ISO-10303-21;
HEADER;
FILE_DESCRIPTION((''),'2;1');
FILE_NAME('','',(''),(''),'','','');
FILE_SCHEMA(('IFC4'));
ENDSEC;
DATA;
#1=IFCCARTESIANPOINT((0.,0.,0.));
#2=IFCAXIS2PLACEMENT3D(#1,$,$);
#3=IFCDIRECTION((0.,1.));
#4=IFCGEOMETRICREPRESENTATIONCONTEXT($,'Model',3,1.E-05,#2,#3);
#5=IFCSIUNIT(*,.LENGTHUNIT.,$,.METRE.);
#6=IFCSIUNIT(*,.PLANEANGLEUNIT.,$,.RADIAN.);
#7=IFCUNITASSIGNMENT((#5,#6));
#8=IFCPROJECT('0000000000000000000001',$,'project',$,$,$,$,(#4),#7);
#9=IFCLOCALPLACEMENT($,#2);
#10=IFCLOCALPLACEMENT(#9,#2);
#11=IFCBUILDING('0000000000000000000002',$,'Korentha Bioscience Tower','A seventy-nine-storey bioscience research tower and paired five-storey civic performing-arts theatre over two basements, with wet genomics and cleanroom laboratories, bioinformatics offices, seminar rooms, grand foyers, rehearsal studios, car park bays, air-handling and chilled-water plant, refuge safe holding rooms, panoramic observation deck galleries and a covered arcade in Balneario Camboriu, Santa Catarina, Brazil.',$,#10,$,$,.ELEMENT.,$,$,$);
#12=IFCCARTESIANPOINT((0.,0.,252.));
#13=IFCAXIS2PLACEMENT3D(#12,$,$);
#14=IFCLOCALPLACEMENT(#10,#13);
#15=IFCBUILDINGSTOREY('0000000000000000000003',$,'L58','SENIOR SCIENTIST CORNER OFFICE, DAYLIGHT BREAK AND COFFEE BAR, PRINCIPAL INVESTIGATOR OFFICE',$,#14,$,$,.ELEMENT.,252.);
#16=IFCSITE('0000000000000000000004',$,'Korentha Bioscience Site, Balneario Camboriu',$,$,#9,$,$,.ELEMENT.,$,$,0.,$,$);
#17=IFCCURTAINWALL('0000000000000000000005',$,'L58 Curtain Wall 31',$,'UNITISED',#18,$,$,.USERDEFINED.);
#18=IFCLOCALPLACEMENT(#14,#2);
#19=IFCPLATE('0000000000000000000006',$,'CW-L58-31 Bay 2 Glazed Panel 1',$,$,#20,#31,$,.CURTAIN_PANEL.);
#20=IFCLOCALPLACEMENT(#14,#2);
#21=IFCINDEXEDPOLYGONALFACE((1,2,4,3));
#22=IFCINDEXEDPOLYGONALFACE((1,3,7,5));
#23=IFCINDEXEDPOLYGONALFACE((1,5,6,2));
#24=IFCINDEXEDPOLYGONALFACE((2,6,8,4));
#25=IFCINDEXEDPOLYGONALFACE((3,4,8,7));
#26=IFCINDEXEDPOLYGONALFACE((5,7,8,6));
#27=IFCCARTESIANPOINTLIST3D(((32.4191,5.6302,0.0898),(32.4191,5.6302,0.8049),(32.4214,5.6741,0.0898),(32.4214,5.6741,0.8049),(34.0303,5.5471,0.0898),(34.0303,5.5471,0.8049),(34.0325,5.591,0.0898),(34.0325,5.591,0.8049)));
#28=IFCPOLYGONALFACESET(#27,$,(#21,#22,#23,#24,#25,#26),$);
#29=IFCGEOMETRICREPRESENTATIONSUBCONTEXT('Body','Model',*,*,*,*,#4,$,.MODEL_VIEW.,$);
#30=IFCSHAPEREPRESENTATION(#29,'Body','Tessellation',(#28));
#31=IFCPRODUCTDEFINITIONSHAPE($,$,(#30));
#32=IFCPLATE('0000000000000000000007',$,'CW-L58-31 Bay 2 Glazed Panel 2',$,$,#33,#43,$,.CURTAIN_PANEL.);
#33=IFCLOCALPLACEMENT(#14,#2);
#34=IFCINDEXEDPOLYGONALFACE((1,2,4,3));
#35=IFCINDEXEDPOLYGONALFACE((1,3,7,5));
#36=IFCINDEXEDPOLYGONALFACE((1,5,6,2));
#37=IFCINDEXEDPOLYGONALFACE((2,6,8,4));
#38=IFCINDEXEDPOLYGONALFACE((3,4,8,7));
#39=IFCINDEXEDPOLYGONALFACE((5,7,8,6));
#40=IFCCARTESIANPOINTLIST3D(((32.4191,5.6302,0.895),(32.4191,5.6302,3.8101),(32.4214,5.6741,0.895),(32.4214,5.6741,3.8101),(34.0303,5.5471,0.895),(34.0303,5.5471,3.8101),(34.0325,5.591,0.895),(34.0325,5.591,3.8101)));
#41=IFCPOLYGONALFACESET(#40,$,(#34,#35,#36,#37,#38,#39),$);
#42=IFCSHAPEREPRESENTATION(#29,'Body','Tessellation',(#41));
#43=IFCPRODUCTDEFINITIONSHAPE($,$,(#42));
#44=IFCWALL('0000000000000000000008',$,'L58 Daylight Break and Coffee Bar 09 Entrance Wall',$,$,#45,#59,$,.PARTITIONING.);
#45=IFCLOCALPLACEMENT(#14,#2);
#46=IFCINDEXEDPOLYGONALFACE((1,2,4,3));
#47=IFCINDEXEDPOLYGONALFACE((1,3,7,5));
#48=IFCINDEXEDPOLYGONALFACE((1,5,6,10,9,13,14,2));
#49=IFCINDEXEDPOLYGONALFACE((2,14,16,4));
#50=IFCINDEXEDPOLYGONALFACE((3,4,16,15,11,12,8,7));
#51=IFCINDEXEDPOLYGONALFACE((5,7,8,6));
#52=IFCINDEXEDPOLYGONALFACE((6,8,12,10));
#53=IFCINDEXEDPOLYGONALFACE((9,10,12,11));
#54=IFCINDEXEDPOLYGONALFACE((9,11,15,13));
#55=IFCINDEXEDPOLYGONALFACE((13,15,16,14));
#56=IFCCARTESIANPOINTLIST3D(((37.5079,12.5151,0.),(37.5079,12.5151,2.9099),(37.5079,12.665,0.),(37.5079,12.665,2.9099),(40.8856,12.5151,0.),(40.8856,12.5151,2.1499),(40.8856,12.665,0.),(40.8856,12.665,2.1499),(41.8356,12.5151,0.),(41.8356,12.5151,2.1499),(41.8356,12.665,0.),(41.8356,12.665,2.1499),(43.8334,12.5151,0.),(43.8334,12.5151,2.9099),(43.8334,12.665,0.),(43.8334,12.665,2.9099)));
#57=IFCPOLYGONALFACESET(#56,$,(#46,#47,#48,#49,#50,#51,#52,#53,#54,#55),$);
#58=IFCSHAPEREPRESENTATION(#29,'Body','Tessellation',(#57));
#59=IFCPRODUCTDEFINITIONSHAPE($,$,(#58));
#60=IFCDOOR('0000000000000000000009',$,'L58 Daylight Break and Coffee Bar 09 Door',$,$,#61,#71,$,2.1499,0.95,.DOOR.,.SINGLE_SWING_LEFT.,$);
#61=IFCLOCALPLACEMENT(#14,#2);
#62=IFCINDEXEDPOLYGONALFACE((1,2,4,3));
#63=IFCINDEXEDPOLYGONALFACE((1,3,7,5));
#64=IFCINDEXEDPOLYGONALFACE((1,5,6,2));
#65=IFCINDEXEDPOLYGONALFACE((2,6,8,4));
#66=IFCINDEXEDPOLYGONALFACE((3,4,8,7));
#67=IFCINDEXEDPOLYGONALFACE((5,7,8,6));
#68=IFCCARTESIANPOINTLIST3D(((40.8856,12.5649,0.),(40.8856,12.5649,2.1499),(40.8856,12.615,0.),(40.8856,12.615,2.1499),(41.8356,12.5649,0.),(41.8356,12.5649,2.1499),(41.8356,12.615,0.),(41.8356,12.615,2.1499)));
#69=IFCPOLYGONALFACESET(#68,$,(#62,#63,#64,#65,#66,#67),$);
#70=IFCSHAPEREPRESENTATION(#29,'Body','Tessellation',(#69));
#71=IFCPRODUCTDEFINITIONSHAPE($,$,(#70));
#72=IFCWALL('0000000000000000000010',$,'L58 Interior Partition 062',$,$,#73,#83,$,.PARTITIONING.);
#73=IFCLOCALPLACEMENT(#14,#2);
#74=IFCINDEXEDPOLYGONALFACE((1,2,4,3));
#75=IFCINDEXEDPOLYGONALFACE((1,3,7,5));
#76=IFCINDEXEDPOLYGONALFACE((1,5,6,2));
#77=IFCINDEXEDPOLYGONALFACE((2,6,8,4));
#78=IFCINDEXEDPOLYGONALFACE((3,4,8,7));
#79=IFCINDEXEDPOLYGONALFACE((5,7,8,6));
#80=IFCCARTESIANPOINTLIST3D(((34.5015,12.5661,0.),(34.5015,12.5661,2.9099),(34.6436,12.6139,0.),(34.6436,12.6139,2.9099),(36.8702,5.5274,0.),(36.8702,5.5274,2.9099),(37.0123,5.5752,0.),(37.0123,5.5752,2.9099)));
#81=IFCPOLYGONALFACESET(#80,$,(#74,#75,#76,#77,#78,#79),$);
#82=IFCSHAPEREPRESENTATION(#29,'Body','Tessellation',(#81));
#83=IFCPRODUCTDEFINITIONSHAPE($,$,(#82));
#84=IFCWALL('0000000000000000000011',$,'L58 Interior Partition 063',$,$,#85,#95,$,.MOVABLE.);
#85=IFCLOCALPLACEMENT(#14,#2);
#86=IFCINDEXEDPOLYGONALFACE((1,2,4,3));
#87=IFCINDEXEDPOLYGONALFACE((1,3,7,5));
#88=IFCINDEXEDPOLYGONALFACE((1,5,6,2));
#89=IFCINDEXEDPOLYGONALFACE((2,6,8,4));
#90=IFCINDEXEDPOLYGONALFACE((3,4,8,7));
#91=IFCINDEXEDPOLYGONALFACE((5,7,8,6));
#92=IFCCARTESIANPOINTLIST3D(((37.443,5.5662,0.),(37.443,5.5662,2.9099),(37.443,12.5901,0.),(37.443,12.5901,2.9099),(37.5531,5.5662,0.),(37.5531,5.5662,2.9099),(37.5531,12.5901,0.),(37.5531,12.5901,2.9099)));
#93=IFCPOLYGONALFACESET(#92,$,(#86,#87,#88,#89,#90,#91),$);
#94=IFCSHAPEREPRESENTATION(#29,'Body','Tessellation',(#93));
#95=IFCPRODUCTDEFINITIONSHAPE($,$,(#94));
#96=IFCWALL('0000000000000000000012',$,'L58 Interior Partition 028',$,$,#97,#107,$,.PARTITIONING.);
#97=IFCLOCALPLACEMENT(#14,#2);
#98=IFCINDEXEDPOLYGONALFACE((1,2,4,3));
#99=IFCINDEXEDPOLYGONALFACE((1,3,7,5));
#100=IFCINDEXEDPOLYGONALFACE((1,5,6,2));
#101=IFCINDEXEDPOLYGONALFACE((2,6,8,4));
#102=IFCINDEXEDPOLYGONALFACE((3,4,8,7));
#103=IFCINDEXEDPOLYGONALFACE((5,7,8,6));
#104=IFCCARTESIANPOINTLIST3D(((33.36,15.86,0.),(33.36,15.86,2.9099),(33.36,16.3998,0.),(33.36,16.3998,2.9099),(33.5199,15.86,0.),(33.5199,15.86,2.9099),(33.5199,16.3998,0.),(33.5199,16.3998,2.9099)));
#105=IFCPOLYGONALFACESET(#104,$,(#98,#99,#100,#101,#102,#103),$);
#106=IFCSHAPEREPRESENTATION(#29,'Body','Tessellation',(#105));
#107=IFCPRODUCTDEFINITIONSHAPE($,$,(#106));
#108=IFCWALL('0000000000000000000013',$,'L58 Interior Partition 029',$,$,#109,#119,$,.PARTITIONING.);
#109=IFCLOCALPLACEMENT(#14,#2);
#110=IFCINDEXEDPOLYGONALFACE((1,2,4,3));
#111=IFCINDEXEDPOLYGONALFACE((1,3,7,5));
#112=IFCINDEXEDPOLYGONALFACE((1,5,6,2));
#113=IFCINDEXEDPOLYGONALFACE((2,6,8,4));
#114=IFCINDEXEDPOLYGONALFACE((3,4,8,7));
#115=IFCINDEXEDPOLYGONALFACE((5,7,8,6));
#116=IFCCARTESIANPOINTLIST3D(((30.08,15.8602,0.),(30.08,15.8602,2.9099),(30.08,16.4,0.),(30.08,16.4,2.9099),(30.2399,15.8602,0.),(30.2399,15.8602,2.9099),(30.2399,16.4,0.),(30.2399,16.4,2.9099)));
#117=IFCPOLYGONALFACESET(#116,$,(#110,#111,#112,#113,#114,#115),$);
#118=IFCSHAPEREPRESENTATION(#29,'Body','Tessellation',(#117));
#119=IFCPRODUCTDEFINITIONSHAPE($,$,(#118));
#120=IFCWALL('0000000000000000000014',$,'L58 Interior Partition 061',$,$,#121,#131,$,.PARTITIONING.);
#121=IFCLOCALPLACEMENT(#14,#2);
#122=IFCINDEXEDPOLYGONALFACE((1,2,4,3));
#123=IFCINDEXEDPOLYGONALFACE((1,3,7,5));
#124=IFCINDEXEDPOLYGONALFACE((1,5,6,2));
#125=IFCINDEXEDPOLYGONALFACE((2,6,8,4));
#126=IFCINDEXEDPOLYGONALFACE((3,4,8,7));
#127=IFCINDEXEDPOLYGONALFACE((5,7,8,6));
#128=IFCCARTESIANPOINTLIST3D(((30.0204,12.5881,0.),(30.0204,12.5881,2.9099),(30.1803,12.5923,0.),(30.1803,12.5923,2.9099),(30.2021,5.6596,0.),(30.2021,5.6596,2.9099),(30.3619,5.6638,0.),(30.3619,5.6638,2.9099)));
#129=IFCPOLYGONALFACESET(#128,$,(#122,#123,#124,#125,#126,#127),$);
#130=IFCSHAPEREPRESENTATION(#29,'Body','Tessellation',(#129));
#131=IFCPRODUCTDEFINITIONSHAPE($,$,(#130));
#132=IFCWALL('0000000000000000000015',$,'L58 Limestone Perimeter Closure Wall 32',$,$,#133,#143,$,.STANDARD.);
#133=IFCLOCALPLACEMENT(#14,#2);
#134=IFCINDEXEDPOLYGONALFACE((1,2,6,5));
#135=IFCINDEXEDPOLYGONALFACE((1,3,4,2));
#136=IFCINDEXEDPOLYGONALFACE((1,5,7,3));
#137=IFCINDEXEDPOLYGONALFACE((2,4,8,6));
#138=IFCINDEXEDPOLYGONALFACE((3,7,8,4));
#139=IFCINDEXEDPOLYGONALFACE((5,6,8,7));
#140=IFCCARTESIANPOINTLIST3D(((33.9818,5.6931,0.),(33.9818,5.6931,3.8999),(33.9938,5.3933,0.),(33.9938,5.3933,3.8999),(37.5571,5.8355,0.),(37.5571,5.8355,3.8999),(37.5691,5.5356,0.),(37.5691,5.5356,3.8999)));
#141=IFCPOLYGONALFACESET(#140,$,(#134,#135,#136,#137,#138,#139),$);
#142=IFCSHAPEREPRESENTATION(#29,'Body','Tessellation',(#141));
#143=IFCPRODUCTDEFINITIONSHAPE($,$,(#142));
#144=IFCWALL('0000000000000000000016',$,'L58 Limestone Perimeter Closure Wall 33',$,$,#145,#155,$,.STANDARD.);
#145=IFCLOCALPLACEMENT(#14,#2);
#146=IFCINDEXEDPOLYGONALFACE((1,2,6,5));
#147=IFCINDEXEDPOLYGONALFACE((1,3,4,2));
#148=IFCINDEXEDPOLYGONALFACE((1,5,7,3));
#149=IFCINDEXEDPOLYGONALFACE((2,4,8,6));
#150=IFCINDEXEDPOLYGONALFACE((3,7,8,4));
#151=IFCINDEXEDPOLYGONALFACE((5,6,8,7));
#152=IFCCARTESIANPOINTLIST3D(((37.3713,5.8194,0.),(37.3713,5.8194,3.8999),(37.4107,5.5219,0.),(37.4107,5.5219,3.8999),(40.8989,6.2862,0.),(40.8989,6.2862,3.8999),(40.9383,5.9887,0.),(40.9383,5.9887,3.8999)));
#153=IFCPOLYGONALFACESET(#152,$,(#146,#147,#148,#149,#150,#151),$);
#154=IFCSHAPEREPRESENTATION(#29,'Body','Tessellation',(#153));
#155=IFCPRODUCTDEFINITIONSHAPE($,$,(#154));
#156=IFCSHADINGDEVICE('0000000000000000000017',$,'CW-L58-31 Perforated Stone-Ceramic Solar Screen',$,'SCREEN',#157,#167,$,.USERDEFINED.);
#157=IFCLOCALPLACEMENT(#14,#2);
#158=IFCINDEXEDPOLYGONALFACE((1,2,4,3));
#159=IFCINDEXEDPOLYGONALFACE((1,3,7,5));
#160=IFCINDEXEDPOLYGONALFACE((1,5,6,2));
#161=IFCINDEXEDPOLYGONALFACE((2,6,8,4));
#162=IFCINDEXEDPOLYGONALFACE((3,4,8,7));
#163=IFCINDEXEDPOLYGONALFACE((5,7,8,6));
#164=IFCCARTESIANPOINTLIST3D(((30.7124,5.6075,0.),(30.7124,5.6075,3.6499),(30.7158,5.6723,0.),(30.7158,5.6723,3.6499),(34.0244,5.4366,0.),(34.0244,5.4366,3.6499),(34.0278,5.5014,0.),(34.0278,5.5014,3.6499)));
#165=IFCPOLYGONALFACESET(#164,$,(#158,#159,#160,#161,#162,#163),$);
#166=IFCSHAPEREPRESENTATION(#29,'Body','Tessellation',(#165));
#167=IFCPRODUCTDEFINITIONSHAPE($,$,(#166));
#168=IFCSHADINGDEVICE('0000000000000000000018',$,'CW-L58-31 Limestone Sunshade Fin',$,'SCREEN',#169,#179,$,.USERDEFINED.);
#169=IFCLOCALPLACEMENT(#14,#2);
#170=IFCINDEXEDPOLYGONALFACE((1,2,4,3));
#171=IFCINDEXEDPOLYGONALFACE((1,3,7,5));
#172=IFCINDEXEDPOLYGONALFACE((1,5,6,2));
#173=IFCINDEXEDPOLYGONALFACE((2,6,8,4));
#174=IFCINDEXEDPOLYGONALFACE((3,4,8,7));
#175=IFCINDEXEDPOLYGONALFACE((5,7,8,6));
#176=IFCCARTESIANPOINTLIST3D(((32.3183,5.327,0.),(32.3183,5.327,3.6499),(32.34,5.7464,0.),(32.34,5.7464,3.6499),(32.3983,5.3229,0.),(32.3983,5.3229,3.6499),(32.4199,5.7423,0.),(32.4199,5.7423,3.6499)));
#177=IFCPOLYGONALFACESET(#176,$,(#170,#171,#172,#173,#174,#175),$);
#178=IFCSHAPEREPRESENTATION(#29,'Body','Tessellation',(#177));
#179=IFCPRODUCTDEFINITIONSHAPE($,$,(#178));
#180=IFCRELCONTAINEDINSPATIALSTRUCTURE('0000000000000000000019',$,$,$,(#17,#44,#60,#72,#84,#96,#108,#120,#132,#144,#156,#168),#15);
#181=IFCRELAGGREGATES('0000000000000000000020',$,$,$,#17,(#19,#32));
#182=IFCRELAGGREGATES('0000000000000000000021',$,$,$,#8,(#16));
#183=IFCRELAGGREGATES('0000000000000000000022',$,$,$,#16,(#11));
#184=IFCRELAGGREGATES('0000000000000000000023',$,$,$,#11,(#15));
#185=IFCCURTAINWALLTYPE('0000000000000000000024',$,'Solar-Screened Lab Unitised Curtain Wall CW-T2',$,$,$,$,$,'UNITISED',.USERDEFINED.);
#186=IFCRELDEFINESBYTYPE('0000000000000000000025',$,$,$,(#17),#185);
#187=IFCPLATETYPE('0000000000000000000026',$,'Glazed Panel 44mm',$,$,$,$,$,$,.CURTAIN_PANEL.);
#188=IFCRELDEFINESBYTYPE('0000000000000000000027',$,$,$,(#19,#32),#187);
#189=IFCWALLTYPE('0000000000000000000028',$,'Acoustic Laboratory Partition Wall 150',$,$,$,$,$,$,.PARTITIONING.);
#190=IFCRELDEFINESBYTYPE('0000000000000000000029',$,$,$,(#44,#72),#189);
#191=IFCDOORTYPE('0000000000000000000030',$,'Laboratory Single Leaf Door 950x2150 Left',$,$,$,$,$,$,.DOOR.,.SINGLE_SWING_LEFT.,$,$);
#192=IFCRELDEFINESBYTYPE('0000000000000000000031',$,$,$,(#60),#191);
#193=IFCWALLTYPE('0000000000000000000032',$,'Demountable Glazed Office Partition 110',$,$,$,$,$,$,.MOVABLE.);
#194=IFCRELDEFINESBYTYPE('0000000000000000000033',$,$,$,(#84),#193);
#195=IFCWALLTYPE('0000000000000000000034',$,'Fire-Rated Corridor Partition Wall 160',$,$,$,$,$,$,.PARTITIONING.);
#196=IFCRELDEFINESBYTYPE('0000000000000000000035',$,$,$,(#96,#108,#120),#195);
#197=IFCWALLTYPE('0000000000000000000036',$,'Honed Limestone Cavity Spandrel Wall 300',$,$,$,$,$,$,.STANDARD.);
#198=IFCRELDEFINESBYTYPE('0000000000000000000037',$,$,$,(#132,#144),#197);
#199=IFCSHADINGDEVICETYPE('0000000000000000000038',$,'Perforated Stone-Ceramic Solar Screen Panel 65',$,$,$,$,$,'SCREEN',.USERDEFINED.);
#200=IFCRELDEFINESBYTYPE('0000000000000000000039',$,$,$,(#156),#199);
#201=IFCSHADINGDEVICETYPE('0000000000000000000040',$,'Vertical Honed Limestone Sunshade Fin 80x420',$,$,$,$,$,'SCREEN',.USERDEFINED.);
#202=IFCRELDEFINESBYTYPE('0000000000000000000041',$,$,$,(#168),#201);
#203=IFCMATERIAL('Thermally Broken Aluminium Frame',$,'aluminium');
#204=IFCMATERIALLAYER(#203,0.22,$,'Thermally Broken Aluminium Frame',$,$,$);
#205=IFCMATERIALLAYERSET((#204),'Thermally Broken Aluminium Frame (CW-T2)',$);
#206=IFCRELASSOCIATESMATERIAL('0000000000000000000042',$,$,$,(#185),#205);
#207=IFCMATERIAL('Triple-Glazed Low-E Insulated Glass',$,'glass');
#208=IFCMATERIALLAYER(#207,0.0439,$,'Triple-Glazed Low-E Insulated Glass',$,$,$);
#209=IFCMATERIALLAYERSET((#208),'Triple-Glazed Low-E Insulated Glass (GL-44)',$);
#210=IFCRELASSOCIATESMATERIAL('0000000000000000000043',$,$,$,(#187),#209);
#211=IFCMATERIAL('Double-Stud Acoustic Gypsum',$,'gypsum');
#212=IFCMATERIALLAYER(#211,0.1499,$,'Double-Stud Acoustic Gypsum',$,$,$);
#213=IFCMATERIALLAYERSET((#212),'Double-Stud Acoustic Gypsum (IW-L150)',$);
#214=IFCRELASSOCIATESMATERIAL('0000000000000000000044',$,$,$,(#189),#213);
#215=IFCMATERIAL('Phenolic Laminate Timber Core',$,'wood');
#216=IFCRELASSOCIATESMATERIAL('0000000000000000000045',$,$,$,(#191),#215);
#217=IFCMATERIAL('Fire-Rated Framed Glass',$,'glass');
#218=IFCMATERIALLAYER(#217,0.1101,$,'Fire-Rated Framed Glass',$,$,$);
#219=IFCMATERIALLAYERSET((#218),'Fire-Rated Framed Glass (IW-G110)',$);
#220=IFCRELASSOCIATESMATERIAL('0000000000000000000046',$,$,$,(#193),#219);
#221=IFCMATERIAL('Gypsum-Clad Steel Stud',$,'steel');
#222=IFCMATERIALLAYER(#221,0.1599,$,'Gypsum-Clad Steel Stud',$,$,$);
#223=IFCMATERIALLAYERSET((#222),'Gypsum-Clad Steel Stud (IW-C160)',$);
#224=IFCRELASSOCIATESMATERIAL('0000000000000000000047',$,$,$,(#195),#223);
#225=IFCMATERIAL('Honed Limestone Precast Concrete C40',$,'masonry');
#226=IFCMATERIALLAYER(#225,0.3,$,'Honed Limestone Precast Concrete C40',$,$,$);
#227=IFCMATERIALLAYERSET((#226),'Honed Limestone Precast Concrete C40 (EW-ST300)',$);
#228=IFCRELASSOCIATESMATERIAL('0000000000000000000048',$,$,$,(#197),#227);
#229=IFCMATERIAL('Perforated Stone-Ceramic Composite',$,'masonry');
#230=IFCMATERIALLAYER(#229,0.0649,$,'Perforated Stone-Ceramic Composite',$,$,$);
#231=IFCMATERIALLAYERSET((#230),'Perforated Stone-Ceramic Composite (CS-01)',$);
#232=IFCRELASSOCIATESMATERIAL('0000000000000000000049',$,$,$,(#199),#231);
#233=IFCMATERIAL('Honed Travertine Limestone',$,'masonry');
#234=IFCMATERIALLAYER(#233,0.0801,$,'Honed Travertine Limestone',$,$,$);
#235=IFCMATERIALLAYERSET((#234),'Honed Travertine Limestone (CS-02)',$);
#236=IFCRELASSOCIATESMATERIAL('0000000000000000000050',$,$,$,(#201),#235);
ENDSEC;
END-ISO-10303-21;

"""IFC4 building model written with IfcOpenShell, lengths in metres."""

from ifc_helpers import new_model, si_unit, direction, frame, frame_2d, origin, origin_2d, place, context, subcontext, project, spatial, rectangle, extrude, material, layer, layer_set, type_object, element, fill, aggregate, save


model = new_model("IFC4")

# Units and contexts
model_context = context("Model", 3, precision=1e-05, world=origin(), true_north=direction((0.0, 1.0)))
body_context = subcontext(model_context, "Body", "Model", "MODEL_VIEW")
ifc_project = project(units=[si_unit("LENGTHUNIT", "METRE"), si_unit("PLANEANGLEUNIT", "RADIAN")], contexts=[model_context])

# Site, building, storey
site_placement = place(None, origin())
site = spatial("IfcSite", under=ifc_project, at=site_placement, Name="Korentha Bioscience Site, Balneario Camboriu", CompositionType="ELEMENT", RefElevation=0.0)
building_placement = place(site_placement, origin())
building = spatial("IfcBuilding", under=site, at=building_placement, Name="Korentha Bioscience Tower", Description="A seventy-nine-storey bioscience research tower and paired five-storey civic performing-arts theatre over two basements, with wet genomics and cleanroom laboratories, bioinformatics offices, seminar rooms, grand foyers, rehearsal studios, car park bays, air-handling and chilled-water plant, refuge safe holding rooms, panoramic observation deck galleries and a covered arcade in Balneario Camboriu, Santa Catarina, Brazil.", CompositionType="ELEMENT")
storey_placement = place(building_placement, frame((0.0, 0.0, 252.0)))
storey = spatial("IfcBuildingStorey", under=building, at=storey_placement, Name="L58", Description="SENIOR SCIENTIST CORNER OFFICE, DAYLIGHT BREAK AND COFFEE BAR, PRINCIPAL INVESTIGATOR OFFICE", CompositionType="ELEMENT", Elevation=252.0)

# Curtain wall
ifc_material_1 = material(Name="Thermally Broken Aluminium Frame", Category="aluminium")
ifc_layer_1 = layer(ifc_material_1, 0.22, Name="Thermally Broken Aluminium Frame")
ifc_layer_set_1 = layer_set([ifc_layer_1], Name="Thermally Broken Aluminium Frame (CW-T2)")
curtain_wall_type = type_object("IfcCurtainWallType", Name="Solar-Screened Lab Unitised Curtain Wall CW-T2", ElementType="UNITISED", PredefinedType="USERDEFINED", material=ifc_layer_set_1)
curtain_wall_placement = place(storey_placement, origin())
curtain_wall = element("IfcCurtainWall", 1, at=curtain_wall_placement, inside=storey, type_object=curtain_wall_type, Name="L58 Curtain Wall 31", ObjectType="UNITISED", PredefinedType="USERDEFINED")

# Plates
ifc_material_2 = material(Name="Triple-Glazed Low-E Insulated Glass", Category="glass")
ifc_layer_2 = layer(ifc_material_2, 0.0439, Name="Triple-Glazed Low-E Insulated Glass")
ifc_layer_set_2 = layer_set([ifc_layer_2], Name="Triple-Glazed Low-E Insulated Glass (GL-44)")
plate_type = type_object("IfcPlateType", Name="Glazed Panel 44mm", PredefinedType="CURTAIN_PANEL", material=ifc_layer_set_2)
plate_1_placement = place(storey_placement, frame((33.2258, 5.6106, 0.0898), z_axis=(0.0, 0.0, 1.0), x_axis=(0.998671, -0.051538, 0.0)))
plate_1 = element("IfcPlate", 2, at=plate_1_placement, type_object=plate_type, Name="CW-L58-31 Bay 2 Glazed Panel 1", PredefinedType="CURTAIN_PANEL", context=body_context, shape_type="SweptSolid", body=[
    extrude(rectangle(XDim=1.6133, YDim=0.0439, at=origin_2d()), origin(), (0.0, 0.0, 1.0), 0.7151),
])
plate_2_placement = place(storey_placement, frame((33.2258, 5.6106, 0.895), z_axis=(0.0, 0.0, 1.0), x_axis=(0.998671, -0.051538, 0.0)))
plate_2 = element("IfcPlate", 3, at=plate_2_placement, type_object=plate_type, Name="CW-L58-31 Bay 2 Glazed Panel 2", PredefinedType="CURTAIN_PANEL", context=body_context, shape_type="SweptSolid", body=[
    extrude(rectangle(XDim=1.6133, YDim=0.0439, at=origin_2d()), origin(), (0.0, 0.0, 1.0), 2.915),
])
aggregate(curtain_wall, [plate_1, plate_2])

# Wall, opening, door
ifc_material_3 = material(Name="Double-Stud Acoustic Gypsum", Category="gypsum")
ifc_layer_3 = layer(ifc_material_3, 0.1499, Name="Double-Stud Acoustic Gypsum")
ifc_layer_set_3 = layer_set([ifc_layer_3], Name="Double-Stud Acoustic Gypsum (IW-L150)")
wall_type_1 = type_object("IfcWallType", Name="Acoustic Laboratory Partition Wall 150", PredefinedType="PARTITIONING", material=ifc_layer_set_3)
ifc_material_4 = material(Name="Phenolic Laminate Timber Core", Category="wood")
wall_1_placement = place(storey_placement, frame((37.5081, 12.5901, 0.0), z_axis=(0.0, 0.0, 1.0), x_axis=(1.0, 0.0, 0.0)))
wall_1 = element("IfcWall", 4, at=wall_1_placement, inside=storey, type_object=wall_type_1, Name="L58 Daylight Break and Coffee Bar 09 Entrance Wall", PredefinedType="PARTITIONING", context=body_context, shape_type="SweptSolid", body=[
    extrude(rectangle(XDim=6.3254, YDim=0.1499, at=frame_2d((3.1626, 0.0))), origin(), (0.0, 0.0, 1.0), 2.9099),
])
opening_1_placement = place(wall_1_placement, frame((3.3774, 0.0, 0.0)))
opening_1 = element("IfcOpeningElement", 5, at=opening_1_placement, cuts=wall_1, PredefinedType="OPENING", context=body_context, shape_type="SweptSolid", body=[
    extrude(rectangle(XDim=0.95, YDim=2.1499, at=frame_2d((0.4751, 1.075))), frame((0.0, 0.0898, 0.0), z_axis=(0.0, -1.0, 0.0), x_axis=(1.0, 0.0, 0.0)), (0.0, 0.0, 1.0), 0.1797),
])
door_type_1 = type_object("IfcDoorType", Name="Laboratory Single Leaf Door 950x2150 Left", OperationType="SINGLE_SWING_LEFT", PredefinedType="DOOR", material=ifc_material_4)
door_1_placement = place(opening_1_placement, origin())
door_1 = element("IfcDoor", 6, at=door_1_placement, inside=storey, type_object=door_type_1, Name="L58 Daylight Break and Coffee Bar 09 Door", OperationType="SINGLE_SWING_LEFT", OverallHeight=2.1499, OverallWidth=0.95, PredefinedType="DOOR", context=body_context, shape_type="SweptSolid", body=[
    extrude(rectangle(XDim=0.95, YDim=2.1499, at=frame_2d((0.4751, 1.075))), frame((0.0, 0.0249, 0.0), z_axis=(0.0, -1.0, 0.0), x_axis=(1.0, 0.0, 0.0)), (0.0, 0.0, 1.0), 0.05),
])
fill(opening_1, door_1)

# Wall
wall_2_placement = place(storey_placement, frame((34.5725, 12.5901, 0.0), z_axis=(0.0, 0.0, 1.0), x_axis=(0.318948, -0.947772, 0.0)))
element("IfcWall", 7, at=wall_2_placement, inside=storey, type_object=wall_type_1, Name="L58 Interior Partition 062", PredefinedType="PARTITIONING", context=body_context, shape_type="SweptSolid", body=[
    extrude(rectangle(XDim=7.4265, YDim=0.1499, at=frame_2d((3.7134, 0.0))), origin(), (0.0, 0.0, 1.0), 2.9099),
])

# Shared definitions
ifc_material_5 = material(Name="Fire-Rated Framed Glass", Category="glass")
ifc_layer_4 = layer(ifc_material_5, 0.1101, Name="Fire-Rated Framed Glass")
ifc_layer_set_4 = layer_set([ifc_layer_4], Name="Fire-Rated Framed Glass (IW-G110)")
wall_type_2 = type_object("IfcWallType", Name="Demountable Glazed Office Partition 110", PredefinedType="MOVABLE", material=ifc_layer_set_4)

# Wall
wall_3_placement = place(storey_placement, frame((37.498, 12.5901, 0.0), z_axis=(0.0, 0.0, 1.0), x_axis=(0.0, -1.0, 0.0)))
element("IfcWall", 8, at=wall_3_placement, inside=storey, type_object=wall_type_2, Name="L58 Interior Partition 063", PredefinedType="MOVABLE", context=body_context, shape_type="SweptSolid", body=[
    extrude(rectangle(XDim=7.0239, YDim=0.1101, at=frame_2d((3.512, 0.0))), origin(), (0.0, 0.0, 1.0), 2.9099),
])

# Shared definitions
ifc_material_6 = material(Name="Gypsum-Clad Steel Stud", Category="steel")
ifc_layer_5 = layer(ifc_material_6, 0.1599, Name="Gypsum-Clad Steel Stud")
ifc_layer_set_5 = layer_set([ifc_layer_5], Name="Gypsum-Clad Steel Stud (IW-C160)")
wall_type_3 = type_object("IfcWallType", Name="Fire-Rated Corridor Partition Wall 160", PredefinedType="PARTITIONING", material=ifc_layer_set_5)

# Walls
for number, where, z_axis, x_axis, name in (
    (9, (33.4399, 16.3999, 0.0), (0.0, 0.0, 1.0), (0.0, -1.0, 0.0), "L58 Interior Partition 028"),
    (10, (30.1599, 15.8601, 0.0), (0.0, 0.0, 1.0), (0.0, 1.0, 0.0), "L58 Interior Partition 029"),
):
    element("IfcWall", number, at=place(storey_placement, frame(where, z_axis=z_axis, x_axis=x_axis)), inside=storey, type_object=wall_type_3, Name=name, PredefinedType="PARTITIONING", context=body_context, shape_type="SweptSolid", body=[
        extrude(rectangle(XDim=0.5398, YDim=0.1599, at=frame_2d((0.27, 0.0))), origin(), (0.0, 0.0, 1.0), 2.9099),
    ])
wall_4_placement = place(storey_placement, frame((30.1003, 12.5901, 0.0), z_axis=(0.0, 0.0, 1.0), x_axis=(0.026208, -0.999657, 0.0)))
element("IfcWall", 11, at=wall_4_placement, inside=storey, type_object=wall_type_3, Name="L58 Interior Partition 061", PredefinedType="PARTITIONING", context=body_context, shape_type="SweptSolid", body=[
    extrude(rectangle(XDim=6.9309, YDim=0.1599, at=frame_2d((3.4653, 0.0))), origin(), (0.0, 0.0, 1.0), 2.9099),
])
ifc_material_7 = material(Name="Honed Limestone Precast Concrete C40", Category="masonry")
ifc_layer_6 = layer(ifc_material_7, 0.3, Name="Honed Limestone Precast Concrete C40")
ifc_layer_set_6 = layer_set([ifc_layer_6], Name="Honed Limestone Precast Concrete C40 (EW-ST300)")
wall_type_4 = type_object("IfcWallType", Name="Honed Limestone Cavity Spandrel Wall 300", PredefinedType="STANDARD", material=ifc_layer_set_6)
wall_5_placement = place(storey_placement, frame((33.9878, 5.5432, 0.0), z_axis=(0.0, 0.0, 1.0), x_axis=(0.999208, 0.03978, 0.0)))
element("IfcWall", 12, at=wall_5_placement, inside=storey, type_object=wall_type_4, Name="L58 Limestone Perimeter Closure Wall 32", PredefinedType="STANDARD", context=body_context, shape_type="SweptSolid", body=[
    extrude(rectangle(XDim=3.5781, YDim=0.3, at=frame_2d((1.7891, 0.0))), origin(), (0.0, 0.0, 1.0), 3.8999),
])
wall_6_placement = place(storey_placement, frame((37.3909, 5.6707, 0.0), z_axis=(0.0, 0.0, 1.0), x_axis=(0.991358, 0.131184, 0.0)))
element("IfcWall", 13, at=wall_6_placement, inside=storey, type_object=wall_type_4, Name="L58 Limestone Perimeter Closure Wall 33", PredefinedType="STANDARD", context=body_context, shape_type="SweptSolid", body=[
    extrude(rectangle(XDim=3.5583, YDim=0.3, at=frame_2d((1.7793, 0.0))), origin(), (0.0, 0.0, 1.0), 3.8999),
])

# Shading devices
ifc_material_8 = material(Name="Perforated Stone-Ceramic Composite", Category="masonry")
ifc_layer_7 = layer(ifc_material_8, 0.0649, Name="Perforated Stone-Ceramic Composite")
ifc_layer_set_7 = layer_set([ifc_layer_7], Name="Perforated Stone-Ceramic Composite (CS-01)")
shading_device_type_1 = type_object("IfcShadingDeviceType", Name="Perforated Stone-Ceramic Solar Screen Panel 65", ElementType="SCREEN", PredefinedType="USERDEFINED", material=ifc_layer_set_7)
shading_device_1_placement = place(storey_placement, frame((32.3701, 5.5544, 0.0), z_axis=(0.0, 0.0, 1.0), x_axis=(0.998671, -0.051538, 0.0)))
element("IfcShadingDevice", 14, at=shading_device_1_placement, inside=storey, type_object=shading_device_type_1, Name="CW-L58-31 Perforated Stone-Ceramic Solar Screen", ObjectType="SCREEN", PredefinedType="USERDEFINED", context=body_context, shape_type="SweptSolid", body=[
    extrude(rectangle(XDim=3.3164, YDim=0.0649, at=origin_2d()), origin(), (0.0, 0.0, 1.0), 3.6499),
])
ifc_material_9 = material(Name="Honed Travertine Limestone", Category="masonry")
ifc_layer_8 = layer(ifc_material_9, 0.0801, Name="Honed Travertine Limestone")
ifc_layer_set_8 = layer_set([ifc_layer_8], Name="Honed Travertine Limestone (CS-02)")
shading_device_type_2 = type_object("IfcShadingDeviceType", Name="Vertical Honed Limestone Sunshade Fin 80x420", ElementType="SCREEN", PredefinedType="USERDEFINED", material=ifc_layer_set_8)
shading_device_2_placement = place(storey_placement, frame((32.3691, 5.5347, 0.0), z_axis=(0.0, 0.0, 1.0), x_axis=(0.998671, -0.051538, 0.0)))
element("IfcShadingDevice", 15, at=shading_device_2_placement, inside=storey, type_object=shading_device_type_2, Name="CW-L58-31 Limestone Sunshade Fin", ObjectType="SCREEN", PredefinedType="USERDEFINED", context=body_context, shape_type="SweptSolid", body=[
    extrude(rectangle(XDim=0.0801, YDim=0.4199, at=origin_2d()), origin(), (0.0, 0.0, 1.0), 3.6499),
])

save(model, "model.ifc")
